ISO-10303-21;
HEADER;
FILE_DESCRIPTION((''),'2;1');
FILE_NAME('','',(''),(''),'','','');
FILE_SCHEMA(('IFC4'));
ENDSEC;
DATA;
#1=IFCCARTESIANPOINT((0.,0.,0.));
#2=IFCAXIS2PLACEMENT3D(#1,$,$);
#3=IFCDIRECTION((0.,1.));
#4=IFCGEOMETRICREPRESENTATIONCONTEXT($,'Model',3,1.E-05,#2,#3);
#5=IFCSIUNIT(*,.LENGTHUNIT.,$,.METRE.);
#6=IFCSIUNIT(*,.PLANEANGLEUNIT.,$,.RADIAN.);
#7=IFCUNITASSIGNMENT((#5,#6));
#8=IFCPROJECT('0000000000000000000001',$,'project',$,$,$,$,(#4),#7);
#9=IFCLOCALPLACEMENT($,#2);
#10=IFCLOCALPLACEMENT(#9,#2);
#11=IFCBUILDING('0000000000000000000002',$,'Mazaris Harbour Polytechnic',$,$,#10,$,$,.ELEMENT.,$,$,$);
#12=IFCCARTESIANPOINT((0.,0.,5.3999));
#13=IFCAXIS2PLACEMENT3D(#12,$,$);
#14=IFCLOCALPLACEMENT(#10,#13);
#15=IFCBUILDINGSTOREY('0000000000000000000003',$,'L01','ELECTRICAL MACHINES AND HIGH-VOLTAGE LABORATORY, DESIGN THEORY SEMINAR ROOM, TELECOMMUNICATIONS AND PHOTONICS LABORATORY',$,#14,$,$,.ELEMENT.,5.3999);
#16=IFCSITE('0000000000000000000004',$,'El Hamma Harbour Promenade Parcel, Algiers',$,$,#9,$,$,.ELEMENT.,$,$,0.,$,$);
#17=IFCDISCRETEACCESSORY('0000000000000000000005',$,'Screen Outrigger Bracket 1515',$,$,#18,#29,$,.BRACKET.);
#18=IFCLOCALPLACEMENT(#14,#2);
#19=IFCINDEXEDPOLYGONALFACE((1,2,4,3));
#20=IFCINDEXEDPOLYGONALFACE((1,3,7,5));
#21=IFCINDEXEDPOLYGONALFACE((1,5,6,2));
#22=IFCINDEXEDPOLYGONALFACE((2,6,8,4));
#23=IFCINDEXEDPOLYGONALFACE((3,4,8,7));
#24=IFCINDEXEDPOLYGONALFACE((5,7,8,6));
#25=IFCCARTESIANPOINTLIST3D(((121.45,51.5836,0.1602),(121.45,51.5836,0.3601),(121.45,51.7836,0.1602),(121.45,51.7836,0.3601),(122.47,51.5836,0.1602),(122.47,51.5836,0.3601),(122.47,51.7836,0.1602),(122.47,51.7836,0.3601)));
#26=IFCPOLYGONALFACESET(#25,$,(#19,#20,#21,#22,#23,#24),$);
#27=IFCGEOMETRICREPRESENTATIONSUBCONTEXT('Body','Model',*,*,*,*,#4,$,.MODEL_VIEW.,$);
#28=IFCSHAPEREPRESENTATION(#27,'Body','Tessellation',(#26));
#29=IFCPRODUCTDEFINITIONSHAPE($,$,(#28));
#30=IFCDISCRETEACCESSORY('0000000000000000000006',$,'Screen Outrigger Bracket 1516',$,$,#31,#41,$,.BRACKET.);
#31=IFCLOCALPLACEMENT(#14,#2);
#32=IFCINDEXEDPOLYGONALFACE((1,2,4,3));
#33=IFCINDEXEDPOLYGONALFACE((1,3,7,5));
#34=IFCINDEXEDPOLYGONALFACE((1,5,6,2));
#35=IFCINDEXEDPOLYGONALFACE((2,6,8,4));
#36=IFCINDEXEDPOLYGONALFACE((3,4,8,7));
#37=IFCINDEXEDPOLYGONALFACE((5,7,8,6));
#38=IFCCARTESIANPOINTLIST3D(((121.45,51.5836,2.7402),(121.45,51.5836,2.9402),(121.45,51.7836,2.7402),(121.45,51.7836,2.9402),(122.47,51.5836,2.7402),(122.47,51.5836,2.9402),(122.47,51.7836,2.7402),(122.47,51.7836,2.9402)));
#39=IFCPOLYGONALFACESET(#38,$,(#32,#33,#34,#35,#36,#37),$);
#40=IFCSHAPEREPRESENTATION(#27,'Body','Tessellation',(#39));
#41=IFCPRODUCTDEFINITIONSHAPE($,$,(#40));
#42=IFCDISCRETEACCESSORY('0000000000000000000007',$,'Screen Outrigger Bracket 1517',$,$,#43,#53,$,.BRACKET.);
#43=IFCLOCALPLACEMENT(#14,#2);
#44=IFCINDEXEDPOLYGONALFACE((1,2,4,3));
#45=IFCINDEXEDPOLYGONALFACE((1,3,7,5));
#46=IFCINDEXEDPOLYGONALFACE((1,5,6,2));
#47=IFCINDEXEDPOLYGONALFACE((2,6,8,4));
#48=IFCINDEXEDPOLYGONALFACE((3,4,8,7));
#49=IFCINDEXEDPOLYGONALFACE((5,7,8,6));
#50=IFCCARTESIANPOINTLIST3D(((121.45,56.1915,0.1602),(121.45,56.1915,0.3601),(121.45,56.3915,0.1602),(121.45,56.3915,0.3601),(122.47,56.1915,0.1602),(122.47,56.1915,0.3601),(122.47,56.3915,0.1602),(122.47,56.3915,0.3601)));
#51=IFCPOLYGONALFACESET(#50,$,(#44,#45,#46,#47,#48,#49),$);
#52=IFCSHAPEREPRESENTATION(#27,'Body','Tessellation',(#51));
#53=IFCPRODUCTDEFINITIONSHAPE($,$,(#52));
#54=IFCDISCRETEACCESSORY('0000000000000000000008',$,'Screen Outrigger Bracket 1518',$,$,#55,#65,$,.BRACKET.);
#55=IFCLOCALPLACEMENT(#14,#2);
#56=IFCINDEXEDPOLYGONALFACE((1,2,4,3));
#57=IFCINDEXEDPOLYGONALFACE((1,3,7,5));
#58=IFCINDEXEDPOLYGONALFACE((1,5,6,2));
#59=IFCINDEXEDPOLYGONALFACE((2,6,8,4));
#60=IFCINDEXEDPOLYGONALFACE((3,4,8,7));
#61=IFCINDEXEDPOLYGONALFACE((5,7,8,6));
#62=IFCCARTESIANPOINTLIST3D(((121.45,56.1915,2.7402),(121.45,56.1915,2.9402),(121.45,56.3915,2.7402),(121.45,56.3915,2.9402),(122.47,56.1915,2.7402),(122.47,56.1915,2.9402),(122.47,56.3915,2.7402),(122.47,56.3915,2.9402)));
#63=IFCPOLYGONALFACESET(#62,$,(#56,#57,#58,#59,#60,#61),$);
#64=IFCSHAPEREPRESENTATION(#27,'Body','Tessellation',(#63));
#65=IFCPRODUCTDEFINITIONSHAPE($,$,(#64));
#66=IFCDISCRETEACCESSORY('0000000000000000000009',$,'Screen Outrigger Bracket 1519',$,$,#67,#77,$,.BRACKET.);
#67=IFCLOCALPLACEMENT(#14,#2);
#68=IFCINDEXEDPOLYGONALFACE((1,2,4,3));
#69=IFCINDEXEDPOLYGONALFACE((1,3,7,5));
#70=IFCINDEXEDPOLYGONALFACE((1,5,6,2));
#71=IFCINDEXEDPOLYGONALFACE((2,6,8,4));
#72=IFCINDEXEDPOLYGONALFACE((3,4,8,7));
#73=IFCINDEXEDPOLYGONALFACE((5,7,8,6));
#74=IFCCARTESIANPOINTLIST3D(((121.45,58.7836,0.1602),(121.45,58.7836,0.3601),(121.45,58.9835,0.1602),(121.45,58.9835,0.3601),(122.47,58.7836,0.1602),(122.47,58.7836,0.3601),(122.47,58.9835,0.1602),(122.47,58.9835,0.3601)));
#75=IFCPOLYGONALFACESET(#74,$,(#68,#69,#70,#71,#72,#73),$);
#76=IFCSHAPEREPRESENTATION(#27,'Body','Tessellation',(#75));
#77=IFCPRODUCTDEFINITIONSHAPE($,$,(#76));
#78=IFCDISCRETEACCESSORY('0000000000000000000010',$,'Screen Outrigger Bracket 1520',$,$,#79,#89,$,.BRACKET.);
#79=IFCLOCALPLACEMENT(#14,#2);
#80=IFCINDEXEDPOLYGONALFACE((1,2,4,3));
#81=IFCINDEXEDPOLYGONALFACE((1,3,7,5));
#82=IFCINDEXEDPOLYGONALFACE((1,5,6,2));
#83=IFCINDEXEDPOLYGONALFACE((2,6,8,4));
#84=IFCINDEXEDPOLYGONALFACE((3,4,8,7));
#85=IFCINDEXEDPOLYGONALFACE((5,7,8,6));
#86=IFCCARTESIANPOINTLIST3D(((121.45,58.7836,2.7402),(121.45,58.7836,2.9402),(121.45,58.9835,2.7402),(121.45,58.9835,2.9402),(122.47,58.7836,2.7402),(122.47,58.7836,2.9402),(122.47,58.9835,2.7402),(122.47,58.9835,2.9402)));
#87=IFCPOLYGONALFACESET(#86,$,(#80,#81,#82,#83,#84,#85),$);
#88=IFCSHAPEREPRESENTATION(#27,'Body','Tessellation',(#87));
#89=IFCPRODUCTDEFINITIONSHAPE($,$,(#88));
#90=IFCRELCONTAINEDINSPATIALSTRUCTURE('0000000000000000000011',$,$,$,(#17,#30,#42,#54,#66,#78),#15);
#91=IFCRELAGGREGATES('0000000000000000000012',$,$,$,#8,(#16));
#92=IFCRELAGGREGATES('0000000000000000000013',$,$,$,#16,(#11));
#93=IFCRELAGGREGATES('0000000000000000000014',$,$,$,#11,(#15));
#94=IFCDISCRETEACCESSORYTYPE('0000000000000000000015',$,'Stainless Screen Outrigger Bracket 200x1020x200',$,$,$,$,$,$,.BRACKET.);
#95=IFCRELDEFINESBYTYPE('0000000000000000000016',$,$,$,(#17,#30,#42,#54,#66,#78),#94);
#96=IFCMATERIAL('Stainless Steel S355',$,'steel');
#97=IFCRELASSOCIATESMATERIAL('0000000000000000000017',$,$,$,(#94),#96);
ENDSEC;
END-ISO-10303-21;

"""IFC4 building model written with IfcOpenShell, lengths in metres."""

from ifc_helpers import new_model, si_unit, direction, frame, origin, origin_2d, place, context, subcontext, project, spatial, rectangle, extrude, material, type_object, element, save


model = new_model("IFC4")

# Units and contexts
model_context = context("Model", 3, precision=1e-05, world=origin(), true_north=direction((0.0, 1.0)))
body_context = subcontext(model_context, "Body", "Model", "MODEL_VIEW")
ifc_project = project(units=[si_unit("LENGTHUNIT", "METRE"), si_unit("PLANEANGLEUNIT", "RADIAN")], contexts=[model_context])

# Site, building, storey
site_placement = place(None, origin())
site = spatial("IfcSite", under=ifc_project, at=site_placement, Name="El Hamma Harbour Promenade Parcel, Algiers", CompositionType="ELEMENT", RefElevation=0.0)
building_placement = place(site_placement, origin())
building = spatial("IfcBuilding", under=site, at=building_placement, Name="Mazaris Harbour Polytechnic", CompositionType="ELEMENT")
storey_placement = place(building_placement, frame((0.0, 0.0, 5.3999)))
storey = spatial("IfcBuildingStorey", under=building, at=storey_placement, Name="L01", Description="ELECTRICAL MACHINES AND HIGH-VOLTAGE LABORATORY, DESIGN THEORY SEMINAR ROOM, TELECOMMUNICATIONS AND PHOTONICS LABORATORY", CompositionType="ELEMENT", Elevation=5.3999)

# Discrete accessories
ifc_material_1 = material(Name="Stainless Steel S355", Category="steel")
discrete_accessory_type = type_object("IfcDiscreteAccessoryType", Name="Stainless Screen Outrigger Bracket 200x1020x200", PredefinedType="BRACKET", material=ifc_material_1)
for number, where, z_axis, x_axis, name in (
    (1, (121.96, 51.6836, 0.1602), (0.0, 0.0, 1.0), (0.0, 1.0, 0.0), "Screen Outrigger Bracket 1515"),
    (2, (121.96, 51.6836, 2.7402), (0.0, 0.0, 1.0), (0.0, 1.0, 0.0), "Screen Outrigger Bracket 1516"),
    (3, (121.96, 56.2915, 0.1602), (0.0, 0.0, 1.0), (0.0, 1.0, 0.0), "Screen Outrigger Bracket 1517"),
    (4, (121.96, 56.2915, 2.7402), (0.0, 0.0, 1.0), (0.0, 1.0, 0.0), "Screen Outrigger Bracket 1518"),
    (5, (121.96, 58.8835, 0.1602), (0.0, 0.0, 1.0), (0.0, 1.0, 0.0), "Screen Outrigger Bracket 1519"),
    (6, (121.96, 58.8835, 2.7402), (0.0, 0.0, 1.0), (0.0, 1.0, 0.0), "Screen Outrigger Bracket 1520"),
):
    element("IfcDiscreteAccessory", number, at=place(storey_placement, frame(where, z_axis=z_axis, x_axis=x_axis)), inside=storey, type_object=discrete_accessory_type, Name=name, PredefinedType="BRACKET", context=body_context, shape_type="SweptSolid", body=[
        extrude(rectangle(XDim=0.2, YDim=1.02, at=origin_2d()), origin(), (0.0, 0.0, 1.0), 0.2),
    ])

save(model, "model.ifc")
